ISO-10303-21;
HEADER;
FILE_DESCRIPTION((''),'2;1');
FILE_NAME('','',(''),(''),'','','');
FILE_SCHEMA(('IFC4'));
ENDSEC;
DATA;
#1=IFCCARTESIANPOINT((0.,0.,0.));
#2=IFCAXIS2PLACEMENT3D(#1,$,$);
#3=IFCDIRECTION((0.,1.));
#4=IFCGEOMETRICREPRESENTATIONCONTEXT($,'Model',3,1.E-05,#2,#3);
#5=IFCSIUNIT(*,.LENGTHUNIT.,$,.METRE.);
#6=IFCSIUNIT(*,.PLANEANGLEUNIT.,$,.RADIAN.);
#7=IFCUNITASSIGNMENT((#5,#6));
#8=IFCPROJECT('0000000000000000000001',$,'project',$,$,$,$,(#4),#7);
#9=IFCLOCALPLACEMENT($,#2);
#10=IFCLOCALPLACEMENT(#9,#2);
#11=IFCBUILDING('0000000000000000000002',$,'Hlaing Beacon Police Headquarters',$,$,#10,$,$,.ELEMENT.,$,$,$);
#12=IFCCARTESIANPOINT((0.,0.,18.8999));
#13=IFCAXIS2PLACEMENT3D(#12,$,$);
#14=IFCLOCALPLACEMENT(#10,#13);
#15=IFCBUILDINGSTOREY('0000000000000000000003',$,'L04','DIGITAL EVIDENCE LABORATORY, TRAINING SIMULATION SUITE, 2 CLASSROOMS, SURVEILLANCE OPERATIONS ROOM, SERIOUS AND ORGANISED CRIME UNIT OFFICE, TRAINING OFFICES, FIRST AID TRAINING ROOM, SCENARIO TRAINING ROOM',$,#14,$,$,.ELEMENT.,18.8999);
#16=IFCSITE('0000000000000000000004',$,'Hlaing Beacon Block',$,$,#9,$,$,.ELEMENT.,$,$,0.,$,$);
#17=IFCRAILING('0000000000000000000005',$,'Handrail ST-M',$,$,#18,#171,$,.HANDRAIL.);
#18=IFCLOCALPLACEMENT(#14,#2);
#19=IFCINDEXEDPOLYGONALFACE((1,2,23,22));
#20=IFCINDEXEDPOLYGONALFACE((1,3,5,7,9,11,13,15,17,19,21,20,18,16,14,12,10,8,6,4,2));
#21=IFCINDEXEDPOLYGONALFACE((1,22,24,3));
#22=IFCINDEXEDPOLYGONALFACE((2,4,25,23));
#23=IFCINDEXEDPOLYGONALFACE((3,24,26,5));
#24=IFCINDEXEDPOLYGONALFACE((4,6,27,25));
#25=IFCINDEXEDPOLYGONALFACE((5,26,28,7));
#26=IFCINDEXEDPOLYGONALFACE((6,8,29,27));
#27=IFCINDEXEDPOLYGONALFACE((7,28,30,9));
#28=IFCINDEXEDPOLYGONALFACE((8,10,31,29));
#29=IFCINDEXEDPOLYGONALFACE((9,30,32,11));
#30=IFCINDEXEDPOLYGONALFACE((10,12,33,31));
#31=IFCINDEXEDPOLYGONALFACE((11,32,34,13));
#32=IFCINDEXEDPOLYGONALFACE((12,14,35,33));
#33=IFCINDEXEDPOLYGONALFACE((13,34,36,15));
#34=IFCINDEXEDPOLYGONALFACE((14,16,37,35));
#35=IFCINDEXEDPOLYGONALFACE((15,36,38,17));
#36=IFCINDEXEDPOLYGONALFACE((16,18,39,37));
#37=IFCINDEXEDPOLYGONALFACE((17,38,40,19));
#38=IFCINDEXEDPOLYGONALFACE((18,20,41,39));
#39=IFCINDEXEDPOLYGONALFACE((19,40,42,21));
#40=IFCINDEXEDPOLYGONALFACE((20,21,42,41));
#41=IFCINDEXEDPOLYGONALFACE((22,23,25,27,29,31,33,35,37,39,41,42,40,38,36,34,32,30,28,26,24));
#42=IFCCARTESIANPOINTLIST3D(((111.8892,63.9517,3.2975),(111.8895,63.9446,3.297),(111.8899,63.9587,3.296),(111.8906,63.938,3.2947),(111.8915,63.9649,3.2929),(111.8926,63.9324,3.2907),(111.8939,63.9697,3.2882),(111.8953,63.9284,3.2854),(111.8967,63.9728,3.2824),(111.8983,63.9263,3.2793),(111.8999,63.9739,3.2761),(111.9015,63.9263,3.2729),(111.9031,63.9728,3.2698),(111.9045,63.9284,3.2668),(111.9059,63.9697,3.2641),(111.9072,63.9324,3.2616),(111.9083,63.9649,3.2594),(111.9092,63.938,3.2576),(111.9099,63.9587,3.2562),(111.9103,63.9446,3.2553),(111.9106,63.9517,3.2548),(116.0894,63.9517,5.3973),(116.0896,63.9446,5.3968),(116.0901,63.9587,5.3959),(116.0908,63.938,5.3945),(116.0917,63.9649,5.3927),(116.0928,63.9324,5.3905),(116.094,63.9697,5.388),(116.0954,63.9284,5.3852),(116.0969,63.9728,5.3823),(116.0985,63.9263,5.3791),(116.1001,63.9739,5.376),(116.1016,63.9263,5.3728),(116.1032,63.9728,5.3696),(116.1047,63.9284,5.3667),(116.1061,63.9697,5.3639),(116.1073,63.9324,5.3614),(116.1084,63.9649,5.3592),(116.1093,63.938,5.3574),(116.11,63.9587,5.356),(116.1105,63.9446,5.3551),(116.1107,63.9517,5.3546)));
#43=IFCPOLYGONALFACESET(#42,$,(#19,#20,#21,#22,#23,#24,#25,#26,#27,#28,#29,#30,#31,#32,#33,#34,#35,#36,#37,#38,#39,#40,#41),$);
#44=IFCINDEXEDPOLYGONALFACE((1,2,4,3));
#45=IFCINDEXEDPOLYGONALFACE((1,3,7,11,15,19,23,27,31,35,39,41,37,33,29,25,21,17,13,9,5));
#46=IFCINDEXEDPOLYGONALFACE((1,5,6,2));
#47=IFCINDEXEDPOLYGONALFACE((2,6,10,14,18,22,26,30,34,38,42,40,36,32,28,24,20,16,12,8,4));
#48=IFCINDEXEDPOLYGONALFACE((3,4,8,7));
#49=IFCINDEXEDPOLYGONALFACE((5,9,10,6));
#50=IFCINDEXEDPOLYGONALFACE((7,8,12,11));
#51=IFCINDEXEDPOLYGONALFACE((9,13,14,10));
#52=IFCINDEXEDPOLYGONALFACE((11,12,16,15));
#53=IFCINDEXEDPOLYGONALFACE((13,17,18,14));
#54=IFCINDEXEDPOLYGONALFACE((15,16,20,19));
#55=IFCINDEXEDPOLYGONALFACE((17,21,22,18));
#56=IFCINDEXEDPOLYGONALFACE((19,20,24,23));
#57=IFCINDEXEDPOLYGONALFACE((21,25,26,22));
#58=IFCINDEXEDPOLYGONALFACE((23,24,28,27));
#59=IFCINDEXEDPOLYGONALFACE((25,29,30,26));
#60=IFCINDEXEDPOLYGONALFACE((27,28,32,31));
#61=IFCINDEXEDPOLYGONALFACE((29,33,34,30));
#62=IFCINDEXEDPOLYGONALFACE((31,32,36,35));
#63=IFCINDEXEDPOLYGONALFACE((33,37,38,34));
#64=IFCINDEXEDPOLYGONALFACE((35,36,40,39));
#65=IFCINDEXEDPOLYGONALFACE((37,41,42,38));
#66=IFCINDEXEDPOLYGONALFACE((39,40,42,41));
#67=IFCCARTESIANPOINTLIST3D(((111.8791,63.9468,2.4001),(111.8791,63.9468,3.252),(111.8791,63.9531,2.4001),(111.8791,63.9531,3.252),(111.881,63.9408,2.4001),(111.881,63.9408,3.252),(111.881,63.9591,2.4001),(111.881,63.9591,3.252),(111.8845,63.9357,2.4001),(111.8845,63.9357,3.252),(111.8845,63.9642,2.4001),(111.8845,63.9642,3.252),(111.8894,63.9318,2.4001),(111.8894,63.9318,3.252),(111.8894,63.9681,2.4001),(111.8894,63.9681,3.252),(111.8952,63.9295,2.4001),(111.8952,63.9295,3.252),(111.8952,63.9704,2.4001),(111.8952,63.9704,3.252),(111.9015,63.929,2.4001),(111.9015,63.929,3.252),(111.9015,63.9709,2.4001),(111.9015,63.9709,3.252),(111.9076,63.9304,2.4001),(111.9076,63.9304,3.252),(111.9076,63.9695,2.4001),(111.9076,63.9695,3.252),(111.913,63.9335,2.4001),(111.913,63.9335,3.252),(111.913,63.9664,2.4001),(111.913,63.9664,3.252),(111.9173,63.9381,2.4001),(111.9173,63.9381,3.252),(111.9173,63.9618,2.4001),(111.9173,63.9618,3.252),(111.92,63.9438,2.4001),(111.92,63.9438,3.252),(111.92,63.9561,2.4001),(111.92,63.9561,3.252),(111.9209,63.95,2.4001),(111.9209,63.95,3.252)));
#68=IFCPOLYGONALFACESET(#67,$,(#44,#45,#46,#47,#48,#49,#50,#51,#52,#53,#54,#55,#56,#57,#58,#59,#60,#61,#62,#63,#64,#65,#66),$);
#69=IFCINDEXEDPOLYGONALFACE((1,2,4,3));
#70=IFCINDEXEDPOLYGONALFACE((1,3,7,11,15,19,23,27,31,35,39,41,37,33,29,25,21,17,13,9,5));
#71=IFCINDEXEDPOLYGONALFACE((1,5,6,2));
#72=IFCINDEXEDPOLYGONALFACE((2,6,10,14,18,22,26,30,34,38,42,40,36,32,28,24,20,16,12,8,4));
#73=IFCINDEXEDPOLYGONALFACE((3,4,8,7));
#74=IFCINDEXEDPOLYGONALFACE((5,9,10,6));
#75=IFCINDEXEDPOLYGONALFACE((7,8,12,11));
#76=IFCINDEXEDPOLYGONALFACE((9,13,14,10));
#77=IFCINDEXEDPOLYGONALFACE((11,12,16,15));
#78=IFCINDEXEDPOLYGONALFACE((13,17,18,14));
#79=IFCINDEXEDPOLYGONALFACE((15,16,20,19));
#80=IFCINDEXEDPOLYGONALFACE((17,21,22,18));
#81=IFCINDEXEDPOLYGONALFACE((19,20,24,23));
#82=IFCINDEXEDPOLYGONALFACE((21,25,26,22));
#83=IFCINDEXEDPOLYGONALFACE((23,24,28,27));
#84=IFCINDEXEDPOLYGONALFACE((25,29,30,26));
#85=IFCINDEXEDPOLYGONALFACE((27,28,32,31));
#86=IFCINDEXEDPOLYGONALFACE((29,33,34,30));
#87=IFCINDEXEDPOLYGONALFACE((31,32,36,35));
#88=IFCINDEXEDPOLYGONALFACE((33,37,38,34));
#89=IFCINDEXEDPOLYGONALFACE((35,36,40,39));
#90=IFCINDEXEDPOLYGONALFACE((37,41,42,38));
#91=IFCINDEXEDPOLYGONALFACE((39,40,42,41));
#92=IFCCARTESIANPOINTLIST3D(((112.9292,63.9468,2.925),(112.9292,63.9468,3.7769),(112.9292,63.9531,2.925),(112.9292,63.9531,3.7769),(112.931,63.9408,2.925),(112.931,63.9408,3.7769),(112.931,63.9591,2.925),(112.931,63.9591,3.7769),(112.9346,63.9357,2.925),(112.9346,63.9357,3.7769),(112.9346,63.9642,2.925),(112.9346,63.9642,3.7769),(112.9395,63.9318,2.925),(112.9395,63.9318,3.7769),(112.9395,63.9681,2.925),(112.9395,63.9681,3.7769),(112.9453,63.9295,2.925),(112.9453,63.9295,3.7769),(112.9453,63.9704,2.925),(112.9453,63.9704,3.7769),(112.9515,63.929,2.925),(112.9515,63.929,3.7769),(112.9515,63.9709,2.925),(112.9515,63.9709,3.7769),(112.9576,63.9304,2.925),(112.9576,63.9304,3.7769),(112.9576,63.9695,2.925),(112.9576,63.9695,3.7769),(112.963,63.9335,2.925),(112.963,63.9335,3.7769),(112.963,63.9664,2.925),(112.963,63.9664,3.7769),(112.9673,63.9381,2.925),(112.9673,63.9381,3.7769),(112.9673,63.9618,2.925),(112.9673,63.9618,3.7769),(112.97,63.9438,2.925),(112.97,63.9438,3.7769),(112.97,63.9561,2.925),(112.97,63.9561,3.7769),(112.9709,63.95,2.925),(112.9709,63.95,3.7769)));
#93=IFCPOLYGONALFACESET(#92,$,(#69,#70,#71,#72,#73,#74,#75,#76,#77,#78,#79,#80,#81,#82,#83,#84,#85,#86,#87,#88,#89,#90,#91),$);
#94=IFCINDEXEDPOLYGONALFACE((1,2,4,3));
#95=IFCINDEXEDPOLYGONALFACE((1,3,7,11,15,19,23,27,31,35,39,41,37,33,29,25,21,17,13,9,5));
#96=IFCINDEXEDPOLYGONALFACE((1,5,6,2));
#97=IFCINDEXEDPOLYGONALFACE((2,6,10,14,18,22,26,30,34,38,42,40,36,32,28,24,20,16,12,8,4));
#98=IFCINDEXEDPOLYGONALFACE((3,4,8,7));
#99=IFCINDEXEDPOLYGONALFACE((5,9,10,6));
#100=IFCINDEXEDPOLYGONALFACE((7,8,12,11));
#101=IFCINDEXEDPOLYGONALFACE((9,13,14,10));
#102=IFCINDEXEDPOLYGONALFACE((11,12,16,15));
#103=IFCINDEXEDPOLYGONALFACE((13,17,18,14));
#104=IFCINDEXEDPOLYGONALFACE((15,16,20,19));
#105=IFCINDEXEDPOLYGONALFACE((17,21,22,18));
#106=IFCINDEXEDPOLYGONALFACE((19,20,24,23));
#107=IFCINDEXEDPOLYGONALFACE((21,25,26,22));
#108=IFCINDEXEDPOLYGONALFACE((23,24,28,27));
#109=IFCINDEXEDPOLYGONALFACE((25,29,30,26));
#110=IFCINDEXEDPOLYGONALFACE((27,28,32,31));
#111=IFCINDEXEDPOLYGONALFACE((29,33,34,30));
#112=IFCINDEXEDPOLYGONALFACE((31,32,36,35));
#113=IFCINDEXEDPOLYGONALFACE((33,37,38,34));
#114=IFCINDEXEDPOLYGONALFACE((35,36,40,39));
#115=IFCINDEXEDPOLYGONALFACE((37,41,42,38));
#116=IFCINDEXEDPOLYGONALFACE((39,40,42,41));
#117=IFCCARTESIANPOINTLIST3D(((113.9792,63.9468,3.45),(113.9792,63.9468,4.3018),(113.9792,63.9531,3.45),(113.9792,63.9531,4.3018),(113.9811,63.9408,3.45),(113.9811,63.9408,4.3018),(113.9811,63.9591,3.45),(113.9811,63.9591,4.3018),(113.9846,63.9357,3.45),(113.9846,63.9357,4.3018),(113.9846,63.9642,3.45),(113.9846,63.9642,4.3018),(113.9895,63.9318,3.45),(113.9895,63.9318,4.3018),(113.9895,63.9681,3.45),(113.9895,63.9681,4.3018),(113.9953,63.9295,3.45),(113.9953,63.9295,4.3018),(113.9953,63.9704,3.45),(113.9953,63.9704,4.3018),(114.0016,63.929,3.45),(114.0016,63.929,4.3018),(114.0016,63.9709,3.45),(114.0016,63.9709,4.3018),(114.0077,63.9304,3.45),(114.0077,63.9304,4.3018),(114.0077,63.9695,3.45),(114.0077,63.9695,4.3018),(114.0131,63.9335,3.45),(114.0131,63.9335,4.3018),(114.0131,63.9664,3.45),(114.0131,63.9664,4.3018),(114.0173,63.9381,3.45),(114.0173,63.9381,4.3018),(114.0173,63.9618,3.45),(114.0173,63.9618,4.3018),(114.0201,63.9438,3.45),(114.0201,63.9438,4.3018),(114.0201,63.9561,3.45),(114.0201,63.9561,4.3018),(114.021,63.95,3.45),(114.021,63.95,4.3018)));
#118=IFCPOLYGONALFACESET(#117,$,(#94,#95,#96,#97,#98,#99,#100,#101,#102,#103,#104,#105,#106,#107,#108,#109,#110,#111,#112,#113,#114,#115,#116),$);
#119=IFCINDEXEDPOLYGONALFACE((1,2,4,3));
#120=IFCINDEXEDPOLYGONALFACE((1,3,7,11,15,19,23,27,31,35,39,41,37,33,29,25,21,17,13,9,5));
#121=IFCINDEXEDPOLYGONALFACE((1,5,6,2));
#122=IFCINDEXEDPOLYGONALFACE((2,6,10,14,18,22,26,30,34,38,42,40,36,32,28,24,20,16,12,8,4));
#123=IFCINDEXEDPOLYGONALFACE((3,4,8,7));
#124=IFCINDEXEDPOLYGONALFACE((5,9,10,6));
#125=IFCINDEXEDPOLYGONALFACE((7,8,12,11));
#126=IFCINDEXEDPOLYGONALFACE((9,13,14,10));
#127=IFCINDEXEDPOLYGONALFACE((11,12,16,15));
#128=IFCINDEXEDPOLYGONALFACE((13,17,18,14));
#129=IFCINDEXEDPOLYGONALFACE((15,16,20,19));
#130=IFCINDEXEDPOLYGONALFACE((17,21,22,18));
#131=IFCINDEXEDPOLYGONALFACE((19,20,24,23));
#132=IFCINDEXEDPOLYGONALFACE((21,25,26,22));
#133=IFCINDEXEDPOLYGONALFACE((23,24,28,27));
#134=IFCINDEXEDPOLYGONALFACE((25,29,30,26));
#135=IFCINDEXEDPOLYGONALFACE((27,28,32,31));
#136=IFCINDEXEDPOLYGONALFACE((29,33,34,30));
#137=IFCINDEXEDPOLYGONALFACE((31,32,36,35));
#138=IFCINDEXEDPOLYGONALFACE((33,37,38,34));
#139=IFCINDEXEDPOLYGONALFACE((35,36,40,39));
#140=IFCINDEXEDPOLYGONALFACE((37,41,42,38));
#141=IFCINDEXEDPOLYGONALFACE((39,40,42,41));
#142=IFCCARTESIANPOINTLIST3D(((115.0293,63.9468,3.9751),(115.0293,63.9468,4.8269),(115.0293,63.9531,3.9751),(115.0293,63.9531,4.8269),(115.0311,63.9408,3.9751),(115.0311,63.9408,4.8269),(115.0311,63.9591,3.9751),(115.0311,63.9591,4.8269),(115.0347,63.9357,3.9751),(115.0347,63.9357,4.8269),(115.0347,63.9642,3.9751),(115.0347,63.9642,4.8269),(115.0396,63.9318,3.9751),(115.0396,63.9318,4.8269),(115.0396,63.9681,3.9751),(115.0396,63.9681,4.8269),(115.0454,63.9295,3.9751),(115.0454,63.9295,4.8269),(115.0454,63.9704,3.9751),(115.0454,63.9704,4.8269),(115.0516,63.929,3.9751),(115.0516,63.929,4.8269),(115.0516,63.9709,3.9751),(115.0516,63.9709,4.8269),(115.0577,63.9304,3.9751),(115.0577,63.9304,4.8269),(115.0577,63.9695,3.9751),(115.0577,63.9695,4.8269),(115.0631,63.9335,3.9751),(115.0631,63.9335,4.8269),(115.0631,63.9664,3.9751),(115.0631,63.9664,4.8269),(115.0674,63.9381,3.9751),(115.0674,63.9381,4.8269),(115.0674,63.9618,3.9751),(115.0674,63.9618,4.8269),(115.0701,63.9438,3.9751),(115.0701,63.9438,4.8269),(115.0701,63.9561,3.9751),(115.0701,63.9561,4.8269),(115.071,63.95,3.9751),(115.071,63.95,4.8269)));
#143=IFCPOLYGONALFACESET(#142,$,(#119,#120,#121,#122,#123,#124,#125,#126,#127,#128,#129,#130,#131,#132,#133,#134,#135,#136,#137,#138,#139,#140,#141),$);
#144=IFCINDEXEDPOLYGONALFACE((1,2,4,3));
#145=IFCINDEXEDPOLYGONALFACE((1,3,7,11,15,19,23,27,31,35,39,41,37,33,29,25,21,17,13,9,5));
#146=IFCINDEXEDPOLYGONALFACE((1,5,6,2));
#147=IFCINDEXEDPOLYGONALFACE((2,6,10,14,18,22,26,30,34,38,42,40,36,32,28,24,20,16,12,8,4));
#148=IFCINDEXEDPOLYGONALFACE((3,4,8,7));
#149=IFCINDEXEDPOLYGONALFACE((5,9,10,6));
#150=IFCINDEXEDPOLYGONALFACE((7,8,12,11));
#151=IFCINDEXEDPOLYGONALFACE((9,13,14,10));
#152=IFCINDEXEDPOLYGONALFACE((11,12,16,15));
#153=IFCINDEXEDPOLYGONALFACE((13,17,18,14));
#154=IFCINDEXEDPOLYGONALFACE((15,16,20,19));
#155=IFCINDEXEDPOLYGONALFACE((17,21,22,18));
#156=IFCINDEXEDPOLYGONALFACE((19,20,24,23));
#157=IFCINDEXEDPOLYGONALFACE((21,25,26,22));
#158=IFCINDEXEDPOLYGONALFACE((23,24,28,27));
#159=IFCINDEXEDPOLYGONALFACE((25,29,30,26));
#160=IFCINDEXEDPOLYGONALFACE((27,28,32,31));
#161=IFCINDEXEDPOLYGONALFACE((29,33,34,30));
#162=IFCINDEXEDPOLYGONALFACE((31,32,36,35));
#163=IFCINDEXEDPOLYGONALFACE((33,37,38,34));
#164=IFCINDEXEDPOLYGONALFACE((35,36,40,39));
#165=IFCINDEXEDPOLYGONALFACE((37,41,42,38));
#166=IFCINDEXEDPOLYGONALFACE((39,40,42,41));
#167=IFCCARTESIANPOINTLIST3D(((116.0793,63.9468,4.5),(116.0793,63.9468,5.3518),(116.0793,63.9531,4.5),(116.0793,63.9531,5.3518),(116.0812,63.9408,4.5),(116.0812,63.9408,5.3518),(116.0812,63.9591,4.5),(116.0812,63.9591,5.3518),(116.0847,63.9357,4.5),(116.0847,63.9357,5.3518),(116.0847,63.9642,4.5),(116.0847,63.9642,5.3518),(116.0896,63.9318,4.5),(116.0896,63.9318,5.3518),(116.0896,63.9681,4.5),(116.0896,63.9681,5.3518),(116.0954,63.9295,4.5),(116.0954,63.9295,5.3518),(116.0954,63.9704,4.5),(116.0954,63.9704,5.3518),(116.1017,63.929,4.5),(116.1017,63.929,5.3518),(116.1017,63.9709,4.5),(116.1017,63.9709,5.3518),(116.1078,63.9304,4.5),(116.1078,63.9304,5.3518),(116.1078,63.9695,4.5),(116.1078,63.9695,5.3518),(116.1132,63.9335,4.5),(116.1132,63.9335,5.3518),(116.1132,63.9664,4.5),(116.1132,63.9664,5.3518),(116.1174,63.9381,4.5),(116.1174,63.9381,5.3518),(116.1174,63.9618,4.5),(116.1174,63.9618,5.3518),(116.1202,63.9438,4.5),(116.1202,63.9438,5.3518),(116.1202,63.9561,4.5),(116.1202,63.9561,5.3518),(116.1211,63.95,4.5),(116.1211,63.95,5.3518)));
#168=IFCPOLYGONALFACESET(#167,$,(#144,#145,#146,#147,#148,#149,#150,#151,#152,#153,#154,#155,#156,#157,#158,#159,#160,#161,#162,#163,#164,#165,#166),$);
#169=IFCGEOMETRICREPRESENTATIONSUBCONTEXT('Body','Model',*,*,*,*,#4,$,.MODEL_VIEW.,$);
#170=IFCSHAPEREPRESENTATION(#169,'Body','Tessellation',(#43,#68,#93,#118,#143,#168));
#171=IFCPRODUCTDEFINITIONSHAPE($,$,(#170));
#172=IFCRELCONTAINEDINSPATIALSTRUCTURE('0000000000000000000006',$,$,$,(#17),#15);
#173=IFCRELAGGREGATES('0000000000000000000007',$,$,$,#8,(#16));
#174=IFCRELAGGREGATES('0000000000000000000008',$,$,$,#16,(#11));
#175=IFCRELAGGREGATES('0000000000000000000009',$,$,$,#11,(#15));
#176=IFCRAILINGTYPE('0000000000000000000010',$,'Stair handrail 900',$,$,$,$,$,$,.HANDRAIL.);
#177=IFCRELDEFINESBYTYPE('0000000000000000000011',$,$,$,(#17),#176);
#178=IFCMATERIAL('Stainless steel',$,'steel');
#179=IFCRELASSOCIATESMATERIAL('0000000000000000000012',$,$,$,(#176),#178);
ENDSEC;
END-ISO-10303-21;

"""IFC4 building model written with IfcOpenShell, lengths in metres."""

from ifc_helpers import new_model, si_unit, direction, frame, origin, origin_2d, place, context, subcontext, project, spatial, circle, extrude, material, type_object, element, save


model = new_model("IFC4")

# Units and contexts
model_context = context("Model", 3, precision=1e-05, world=origin(), true_north=direction((0.0, 1.0)))
body_context = subcontext(model_context, "Body", "Model", "MODEL_VIEW")
ifc_project = project(units=[si_unit("LENGTHUNIT", "METRE"), si_unit("PLANEANGLEUNIT", "RADIAN")], contexts=[model_context])

# Site, building, storey
site_placement = place(None, origin())
site = spatial("IfcSite", under=ifc_project, at=site_placement, Name="Hlaing Beacon Block", CompositionType="ELEMENT", RefElevation=0.0)
building_placement = place(site_placement, origin())
building = spatial("IfcBuilding", under=site, at=building_placement, Name="Hlaing Beacon Police Headquarters", CompositionType="ELEMENT")
storey_placement = place(building_placement, frame((0.0, 0.0, 18.8999)))
storey = spatial("IfcBuildingStorey", under=building, at=storey_placement, Name="L04", Description="DIGITAL EVIDENCE LABORATORY, TRAINING SIMULATION SUITE, 2 CLASSROOMS, SURVEILLANCE OPERATIONS ROOM, SERIOUS AND ORGANISED CRIME UNIT OFFICE, TRAINING OFFICES, FIRST AID TRAINING ROOM, SCENARIO TRAINING ROOM", CompositionType="ELEMENT", Elevation=18.8999)

# Railing
ifc_material_1 = material(Name="Stainless steel", Category="steel")
railing_type_1 = type_object("IfcRailingType", Name="Stair handrail 900", PredefinedType="HANDRAIL", material=ifc_material_1)
for number, where, name in (
    (1, (111.8999, 63.95, 2.4001), "Handrail ST-M"),
):
    element("IfcRailing", number, at=place(storey_placement, frame(where)), inside=storey, type_object=railing_type_1, Name=name, PredefinedType="HANDRAIL", context=body_context, shape_type="SweptSolid", body=[
        extrude(circle(Radius=0.0239, at=origin_2d()), frame((0.0, 0.0, 0.876), z_axis=(0.894448, 0.0, 0.447172), x_axis=(0.0, 1.0, 0.0)), (0.0, 0.0, 1.0), 4.6958),
        extrude(circle(Radius=0.021, at=origin_2d()), origin(), (0.0, 0.0, 1.0), 0.8518),
        extrude(circle(Radius=0.021, at=origin_2d()), frame((1.05, 0.0, 0.5249)), (0.0, 0.0, 1.0), 0.8518),
        extrude(circle(Radius=0.021, at=origin_2d()), frame((2.1001, 0.0, 1.0498)), (0.0, 0.0, 1.0), 0.8518),
        extrude(circle(Radius=0.021, at=origin_2d()), frame((3.1501, 0.0, 1.575)), (0.0, 0.0, 1.0), 0.8518),
        extrude(circle(Radius=0.021, at=origin_2d()), frame((4.2002, 0.0, 2.0999)), (0.0, 0.0, 1.0), 0.8518),
    ])

save(model, "model.ifc")
